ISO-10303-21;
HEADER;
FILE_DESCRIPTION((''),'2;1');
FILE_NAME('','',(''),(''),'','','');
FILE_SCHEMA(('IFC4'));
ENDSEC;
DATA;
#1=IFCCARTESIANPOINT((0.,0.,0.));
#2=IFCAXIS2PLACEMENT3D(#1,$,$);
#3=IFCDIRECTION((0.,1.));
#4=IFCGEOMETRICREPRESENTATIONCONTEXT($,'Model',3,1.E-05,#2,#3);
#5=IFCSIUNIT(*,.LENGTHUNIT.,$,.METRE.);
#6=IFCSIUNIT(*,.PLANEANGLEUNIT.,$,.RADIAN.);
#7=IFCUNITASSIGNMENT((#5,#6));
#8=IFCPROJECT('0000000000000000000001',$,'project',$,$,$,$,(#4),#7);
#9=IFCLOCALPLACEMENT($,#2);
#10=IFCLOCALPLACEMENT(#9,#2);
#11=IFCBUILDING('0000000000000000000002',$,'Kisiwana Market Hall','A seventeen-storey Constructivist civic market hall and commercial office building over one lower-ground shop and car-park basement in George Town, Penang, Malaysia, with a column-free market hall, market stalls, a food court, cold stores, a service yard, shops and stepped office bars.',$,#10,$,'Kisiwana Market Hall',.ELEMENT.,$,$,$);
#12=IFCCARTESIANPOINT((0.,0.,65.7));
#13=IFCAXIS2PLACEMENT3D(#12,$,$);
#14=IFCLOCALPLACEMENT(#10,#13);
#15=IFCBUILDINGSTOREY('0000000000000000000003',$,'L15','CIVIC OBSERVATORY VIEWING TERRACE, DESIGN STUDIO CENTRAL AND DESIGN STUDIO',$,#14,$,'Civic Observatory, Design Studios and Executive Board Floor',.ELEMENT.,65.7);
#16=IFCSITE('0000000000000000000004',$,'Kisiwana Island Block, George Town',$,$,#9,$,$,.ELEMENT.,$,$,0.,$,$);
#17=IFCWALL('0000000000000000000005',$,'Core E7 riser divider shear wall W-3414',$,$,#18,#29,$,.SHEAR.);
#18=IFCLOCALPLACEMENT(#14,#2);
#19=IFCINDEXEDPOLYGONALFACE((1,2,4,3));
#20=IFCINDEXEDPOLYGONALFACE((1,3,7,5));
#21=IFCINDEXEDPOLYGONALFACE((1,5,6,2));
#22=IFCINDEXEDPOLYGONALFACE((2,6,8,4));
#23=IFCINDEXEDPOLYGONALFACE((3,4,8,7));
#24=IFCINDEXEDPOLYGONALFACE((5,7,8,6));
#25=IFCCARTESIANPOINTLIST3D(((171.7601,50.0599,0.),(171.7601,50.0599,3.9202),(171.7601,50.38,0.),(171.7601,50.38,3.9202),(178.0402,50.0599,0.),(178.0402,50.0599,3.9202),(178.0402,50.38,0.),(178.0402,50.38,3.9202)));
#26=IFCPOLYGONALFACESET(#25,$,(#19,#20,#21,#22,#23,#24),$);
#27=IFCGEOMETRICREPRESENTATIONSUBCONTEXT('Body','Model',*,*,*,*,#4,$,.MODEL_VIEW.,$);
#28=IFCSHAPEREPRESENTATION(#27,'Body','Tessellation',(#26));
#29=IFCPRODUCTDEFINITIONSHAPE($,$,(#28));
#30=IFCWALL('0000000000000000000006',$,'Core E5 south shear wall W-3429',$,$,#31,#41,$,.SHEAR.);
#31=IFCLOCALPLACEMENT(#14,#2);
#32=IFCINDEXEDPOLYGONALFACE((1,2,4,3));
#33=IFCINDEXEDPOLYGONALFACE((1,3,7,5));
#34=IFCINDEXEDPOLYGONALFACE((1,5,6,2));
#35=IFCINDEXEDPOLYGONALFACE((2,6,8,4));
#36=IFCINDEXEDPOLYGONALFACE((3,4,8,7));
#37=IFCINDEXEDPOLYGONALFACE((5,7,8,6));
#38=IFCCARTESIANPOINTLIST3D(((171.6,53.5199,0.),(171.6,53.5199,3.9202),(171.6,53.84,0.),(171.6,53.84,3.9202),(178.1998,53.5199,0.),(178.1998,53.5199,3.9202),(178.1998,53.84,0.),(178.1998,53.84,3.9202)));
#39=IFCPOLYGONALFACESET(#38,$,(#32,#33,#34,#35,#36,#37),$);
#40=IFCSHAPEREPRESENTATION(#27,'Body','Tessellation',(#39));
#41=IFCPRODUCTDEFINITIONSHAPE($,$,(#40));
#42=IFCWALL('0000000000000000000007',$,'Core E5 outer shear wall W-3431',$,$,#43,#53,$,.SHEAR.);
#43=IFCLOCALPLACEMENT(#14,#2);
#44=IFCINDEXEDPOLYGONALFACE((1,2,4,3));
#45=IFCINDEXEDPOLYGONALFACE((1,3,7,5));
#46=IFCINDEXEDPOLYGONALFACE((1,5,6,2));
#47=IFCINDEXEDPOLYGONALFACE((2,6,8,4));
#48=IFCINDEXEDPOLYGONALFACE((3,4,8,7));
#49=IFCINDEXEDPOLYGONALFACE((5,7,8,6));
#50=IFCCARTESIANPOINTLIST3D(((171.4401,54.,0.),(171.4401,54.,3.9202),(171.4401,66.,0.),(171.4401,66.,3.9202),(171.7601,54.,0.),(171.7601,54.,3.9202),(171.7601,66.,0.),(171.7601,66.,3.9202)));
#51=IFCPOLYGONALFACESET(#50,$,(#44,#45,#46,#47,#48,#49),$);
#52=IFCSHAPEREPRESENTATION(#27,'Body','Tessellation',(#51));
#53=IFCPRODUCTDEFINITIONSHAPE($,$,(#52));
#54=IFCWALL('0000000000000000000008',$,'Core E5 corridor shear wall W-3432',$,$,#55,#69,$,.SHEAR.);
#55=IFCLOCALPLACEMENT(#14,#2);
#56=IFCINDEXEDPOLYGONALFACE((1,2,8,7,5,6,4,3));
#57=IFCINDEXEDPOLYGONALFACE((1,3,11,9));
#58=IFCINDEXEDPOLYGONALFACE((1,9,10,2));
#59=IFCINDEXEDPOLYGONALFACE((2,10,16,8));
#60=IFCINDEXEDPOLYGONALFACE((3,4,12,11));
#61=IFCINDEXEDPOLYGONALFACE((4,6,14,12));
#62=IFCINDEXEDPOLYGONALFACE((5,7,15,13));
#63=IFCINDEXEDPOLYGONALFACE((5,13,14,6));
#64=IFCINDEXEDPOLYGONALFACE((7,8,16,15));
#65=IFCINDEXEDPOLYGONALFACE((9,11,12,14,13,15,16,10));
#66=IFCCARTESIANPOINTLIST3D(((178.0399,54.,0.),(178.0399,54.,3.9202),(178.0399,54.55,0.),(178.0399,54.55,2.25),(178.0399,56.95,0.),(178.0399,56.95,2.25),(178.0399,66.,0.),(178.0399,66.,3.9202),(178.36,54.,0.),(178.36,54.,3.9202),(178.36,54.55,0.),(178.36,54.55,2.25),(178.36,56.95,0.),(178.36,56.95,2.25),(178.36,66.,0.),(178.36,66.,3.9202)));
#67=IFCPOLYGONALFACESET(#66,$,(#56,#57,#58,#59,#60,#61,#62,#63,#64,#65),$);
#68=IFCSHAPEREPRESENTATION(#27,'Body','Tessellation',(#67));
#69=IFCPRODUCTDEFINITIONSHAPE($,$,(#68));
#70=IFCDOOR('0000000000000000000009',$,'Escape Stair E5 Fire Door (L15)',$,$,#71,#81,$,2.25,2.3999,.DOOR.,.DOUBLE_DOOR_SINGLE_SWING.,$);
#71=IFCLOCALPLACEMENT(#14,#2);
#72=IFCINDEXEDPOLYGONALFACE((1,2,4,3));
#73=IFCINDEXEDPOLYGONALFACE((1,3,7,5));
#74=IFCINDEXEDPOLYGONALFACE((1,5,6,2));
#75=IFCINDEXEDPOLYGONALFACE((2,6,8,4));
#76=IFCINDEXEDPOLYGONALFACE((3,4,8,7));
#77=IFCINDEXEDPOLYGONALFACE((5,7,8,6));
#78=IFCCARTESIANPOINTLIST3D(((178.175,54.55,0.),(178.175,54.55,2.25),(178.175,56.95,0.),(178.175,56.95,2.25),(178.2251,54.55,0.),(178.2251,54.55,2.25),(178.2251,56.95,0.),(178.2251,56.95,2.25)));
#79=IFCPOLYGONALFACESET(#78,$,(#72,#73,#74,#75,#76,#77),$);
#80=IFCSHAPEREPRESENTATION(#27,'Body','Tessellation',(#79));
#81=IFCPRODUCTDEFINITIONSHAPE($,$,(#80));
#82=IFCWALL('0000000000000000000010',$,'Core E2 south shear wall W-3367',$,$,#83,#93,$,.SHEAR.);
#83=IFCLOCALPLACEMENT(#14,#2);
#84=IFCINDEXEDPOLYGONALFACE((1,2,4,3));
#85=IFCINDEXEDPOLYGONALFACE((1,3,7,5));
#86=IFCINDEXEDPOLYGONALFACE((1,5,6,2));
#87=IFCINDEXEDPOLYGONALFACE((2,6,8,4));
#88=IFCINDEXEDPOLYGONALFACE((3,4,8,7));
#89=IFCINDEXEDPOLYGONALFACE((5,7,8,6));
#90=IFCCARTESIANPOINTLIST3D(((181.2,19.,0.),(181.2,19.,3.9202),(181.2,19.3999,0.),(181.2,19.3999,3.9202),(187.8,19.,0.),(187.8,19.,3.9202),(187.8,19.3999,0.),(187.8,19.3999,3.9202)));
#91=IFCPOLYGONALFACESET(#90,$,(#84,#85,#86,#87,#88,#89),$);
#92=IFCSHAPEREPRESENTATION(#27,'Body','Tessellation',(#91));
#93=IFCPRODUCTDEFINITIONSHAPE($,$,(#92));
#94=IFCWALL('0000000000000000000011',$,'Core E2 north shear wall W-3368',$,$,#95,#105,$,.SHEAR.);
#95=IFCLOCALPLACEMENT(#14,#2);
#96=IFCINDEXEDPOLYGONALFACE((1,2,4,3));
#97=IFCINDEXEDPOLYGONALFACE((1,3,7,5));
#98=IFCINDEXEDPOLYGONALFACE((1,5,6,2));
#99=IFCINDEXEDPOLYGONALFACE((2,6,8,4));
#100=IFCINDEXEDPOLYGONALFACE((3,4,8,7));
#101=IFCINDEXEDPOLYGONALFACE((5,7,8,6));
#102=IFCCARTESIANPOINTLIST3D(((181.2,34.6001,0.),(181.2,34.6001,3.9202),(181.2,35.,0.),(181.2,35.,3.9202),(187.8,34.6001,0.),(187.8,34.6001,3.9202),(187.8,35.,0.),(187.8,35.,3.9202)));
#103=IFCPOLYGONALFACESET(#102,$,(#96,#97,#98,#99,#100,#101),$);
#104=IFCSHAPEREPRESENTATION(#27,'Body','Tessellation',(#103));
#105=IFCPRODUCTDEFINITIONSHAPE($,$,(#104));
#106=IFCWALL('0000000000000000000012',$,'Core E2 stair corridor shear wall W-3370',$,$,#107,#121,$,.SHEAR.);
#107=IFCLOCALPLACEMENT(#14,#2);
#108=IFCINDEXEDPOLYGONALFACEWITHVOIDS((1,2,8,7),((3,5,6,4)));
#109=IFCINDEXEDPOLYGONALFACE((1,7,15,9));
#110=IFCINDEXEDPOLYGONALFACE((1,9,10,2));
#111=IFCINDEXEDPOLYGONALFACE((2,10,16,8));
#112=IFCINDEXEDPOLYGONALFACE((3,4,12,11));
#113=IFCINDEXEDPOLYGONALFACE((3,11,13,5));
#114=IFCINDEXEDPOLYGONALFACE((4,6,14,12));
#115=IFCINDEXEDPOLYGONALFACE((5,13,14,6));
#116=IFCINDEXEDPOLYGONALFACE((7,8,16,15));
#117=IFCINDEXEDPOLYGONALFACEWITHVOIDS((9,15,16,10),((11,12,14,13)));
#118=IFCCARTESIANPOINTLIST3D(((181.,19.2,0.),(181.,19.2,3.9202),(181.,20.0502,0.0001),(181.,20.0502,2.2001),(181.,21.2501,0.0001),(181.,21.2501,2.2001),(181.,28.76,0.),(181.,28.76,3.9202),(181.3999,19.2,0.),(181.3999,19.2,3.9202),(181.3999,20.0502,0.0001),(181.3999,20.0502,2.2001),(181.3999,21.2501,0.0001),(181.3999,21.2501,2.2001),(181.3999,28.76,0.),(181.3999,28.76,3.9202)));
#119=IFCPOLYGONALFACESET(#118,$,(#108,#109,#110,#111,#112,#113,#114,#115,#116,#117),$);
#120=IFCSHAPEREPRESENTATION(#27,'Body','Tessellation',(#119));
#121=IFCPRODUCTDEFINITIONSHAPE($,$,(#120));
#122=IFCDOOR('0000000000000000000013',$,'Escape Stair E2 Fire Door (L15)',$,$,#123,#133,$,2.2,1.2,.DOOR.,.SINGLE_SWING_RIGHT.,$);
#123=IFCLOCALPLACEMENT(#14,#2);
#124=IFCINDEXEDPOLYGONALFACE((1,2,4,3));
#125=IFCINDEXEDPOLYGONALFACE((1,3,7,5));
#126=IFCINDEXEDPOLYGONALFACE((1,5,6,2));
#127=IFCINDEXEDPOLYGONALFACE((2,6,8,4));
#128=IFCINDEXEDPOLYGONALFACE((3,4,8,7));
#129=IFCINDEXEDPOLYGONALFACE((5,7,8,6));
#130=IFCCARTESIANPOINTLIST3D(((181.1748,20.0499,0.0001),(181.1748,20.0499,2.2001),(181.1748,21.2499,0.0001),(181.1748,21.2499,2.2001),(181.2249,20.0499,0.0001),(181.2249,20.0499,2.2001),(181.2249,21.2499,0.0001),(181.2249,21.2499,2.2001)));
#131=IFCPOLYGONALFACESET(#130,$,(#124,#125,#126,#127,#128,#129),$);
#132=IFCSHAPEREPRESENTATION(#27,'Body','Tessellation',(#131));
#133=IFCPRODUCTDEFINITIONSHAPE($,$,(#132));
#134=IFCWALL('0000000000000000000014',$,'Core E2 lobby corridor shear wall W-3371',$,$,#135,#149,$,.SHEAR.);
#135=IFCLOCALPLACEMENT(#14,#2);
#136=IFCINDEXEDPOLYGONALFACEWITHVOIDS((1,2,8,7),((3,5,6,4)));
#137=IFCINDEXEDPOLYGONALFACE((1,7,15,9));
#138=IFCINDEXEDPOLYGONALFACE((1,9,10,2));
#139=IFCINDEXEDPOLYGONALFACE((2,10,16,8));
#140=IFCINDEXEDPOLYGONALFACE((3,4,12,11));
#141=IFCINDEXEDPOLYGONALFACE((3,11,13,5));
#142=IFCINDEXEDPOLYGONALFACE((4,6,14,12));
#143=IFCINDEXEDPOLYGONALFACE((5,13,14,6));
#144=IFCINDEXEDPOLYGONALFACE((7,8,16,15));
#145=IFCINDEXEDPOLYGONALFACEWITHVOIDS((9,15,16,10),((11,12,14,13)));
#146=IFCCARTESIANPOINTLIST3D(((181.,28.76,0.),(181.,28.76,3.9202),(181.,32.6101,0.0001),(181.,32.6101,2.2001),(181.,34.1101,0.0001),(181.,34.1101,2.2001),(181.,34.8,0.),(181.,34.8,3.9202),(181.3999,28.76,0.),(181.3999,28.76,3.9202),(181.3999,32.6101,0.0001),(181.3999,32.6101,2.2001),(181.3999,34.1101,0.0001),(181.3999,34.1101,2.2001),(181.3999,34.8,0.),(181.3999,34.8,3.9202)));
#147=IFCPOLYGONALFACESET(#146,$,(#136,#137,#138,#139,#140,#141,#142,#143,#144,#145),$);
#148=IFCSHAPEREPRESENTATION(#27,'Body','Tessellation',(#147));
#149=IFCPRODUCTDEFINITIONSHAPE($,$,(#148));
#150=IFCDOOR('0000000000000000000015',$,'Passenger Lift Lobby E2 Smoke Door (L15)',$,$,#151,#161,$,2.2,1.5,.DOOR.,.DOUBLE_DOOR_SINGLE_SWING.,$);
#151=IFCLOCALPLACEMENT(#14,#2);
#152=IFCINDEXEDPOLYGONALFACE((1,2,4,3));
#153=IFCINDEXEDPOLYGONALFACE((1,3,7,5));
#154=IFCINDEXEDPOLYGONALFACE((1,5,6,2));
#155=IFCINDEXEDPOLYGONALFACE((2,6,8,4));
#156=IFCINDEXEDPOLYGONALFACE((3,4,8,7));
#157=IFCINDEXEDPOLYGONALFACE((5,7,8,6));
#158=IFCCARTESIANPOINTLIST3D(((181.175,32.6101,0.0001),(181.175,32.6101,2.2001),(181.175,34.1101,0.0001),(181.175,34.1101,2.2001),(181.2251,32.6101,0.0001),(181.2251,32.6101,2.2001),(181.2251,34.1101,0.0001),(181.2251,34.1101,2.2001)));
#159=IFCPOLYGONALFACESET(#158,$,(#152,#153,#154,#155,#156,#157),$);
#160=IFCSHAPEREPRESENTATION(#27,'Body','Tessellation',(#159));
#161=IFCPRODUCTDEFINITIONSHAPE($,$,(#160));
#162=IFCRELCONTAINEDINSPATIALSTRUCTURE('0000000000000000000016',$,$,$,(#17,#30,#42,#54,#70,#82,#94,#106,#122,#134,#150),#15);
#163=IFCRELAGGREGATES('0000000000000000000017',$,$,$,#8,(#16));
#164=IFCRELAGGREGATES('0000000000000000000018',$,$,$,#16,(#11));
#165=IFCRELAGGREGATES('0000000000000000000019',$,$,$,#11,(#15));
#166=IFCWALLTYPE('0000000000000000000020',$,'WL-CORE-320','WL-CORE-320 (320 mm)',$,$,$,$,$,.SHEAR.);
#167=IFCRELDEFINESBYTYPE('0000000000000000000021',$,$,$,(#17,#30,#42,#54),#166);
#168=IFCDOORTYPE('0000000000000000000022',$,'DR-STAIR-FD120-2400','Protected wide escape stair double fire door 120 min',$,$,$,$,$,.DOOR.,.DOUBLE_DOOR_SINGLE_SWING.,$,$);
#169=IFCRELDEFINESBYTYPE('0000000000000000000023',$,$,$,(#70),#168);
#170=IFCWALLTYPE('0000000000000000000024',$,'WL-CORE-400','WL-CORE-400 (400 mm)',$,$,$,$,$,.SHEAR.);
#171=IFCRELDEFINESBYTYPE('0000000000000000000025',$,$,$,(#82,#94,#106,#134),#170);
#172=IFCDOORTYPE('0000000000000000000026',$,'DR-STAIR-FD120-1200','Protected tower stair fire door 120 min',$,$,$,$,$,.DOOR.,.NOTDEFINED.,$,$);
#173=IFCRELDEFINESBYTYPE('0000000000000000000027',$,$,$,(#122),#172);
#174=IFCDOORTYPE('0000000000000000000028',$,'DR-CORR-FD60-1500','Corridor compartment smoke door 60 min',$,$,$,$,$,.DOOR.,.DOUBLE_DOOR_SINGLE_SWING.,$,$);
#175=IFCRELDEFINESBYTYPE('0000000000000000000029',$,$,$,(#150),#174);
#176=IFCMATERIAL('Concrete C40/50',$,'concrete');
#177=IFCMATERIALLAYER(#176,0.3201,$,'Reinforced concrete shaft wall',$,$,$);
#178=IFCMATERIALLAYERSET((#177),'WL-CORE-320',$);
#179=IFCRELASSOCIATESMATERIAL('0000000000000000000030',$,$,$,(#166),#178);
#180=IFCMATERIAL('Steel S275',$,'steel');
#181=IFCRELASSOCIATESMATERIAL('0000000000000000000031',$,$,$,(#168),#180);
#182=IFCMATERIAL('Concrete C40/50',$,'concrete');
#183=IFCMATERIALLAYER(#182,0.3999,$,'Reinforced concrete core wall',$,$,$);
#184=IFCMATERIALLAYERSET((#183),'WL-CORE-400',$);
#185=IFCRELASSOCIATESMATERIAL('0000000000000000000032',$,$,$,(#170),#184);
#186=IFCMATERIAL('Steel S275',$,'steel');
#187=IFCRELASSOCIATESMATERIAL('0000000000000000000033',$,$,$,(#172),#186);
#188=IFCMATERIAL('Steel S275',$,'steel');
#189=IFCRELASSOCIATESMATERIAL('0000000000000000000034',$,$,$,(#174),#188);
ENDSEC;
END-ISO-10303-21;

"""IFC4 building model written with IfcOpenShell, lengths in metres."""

from ifc_helpers import new_model, si_unit, direction, frame, frame_2d, origin, place, context, subcontext, project, spatial, rectangle, extrude, material, layer, layer_set, type_object, element, fill, save


model = new_model("IFC4")

# Units and contexts
model_context = context("Model", 3, precision=1e-05, world=origin(), true_north=direction((0.0, 1.0)))
body_context = subcontext(model_context, "Body", "Model", "MODEL_VIEW")
ifc_project = project(units=[si_unit("LENGTHUNIT", "METRE"), si_unit("PLANEANGLEUNIT", "RADIAN")], contexts=[model_context])

# Site, building, storey
site_placement = place(None, origin())
site = spatial("IfcSite", under=ifc_project, at=site_placement, Name="Kisiwana Island Block, George Town", CompositionType="ELEMENT", RefElevation=0.0)
building_placement = place(site_placement, origin())
building = spatial("IfcBuilding", under=site, at=building_placement, Name="Kisiwana Market Hall", Description="A seventeen-storey Constructivist civic market hall and commercial office building over one lower-ground shop and car-park basement in George Town, Penang, Malaysia, with a column-free market hall, market stalls, a food court, cold stores, a service yard, shops and stepped office bars.", LongName="Kisiwana Market Hall", CompositionType="ELEMENT")
storey_placement = place(building_placement, frame((0.0, 0.0, 65.7)))
storey = spatial("IfcBuildingStorey", under=building, at=storey_placement, Name="L15", Description="CIVIC OBSERVATORY VIEWING TERRACE, DESIGN STUDIO CENTRAL AND DESIGN STUDIO", LongName="Civic Observatory, Design Studios and Executive Board Floor", CompositionType="ELEMENT", Elevation=65.7)

# Shared definitions
ifc_material_1 = material(Name="Concrete C40/50", Category="concrete")
ifc_layer_1 = layer(ifc_material_1, 0.3201, Name="Reinforced concrete shaft wall")
ifc_layer_set_1 = layer_set([ifc_layer_1], Name="WL-CORE-320")
wall_type_1 = type_object("IfcWallType", Name="WL-CORE-320", Description="WL-CORE-320 (320 mm)", PredefinedType="SHEAR", material=ifc_layer_set_1)

# Shared definitions
ifc_material_2 = material(Name="Steel S275", Category="steel")
door_type_1 = type_object("IfcDoorType", Name="DR-STAIR-FD120-2400", Description="Protected wide escape stair double fire door 120 min", OperationType="DOUBLE_DOOR_SINGLE_SWING", PredefinedType="DOOR", material=ifc_material_2)

# Walls
wall_1_placement = place(storey_placement, frame((171.76, 50.22, 0.0), z_axis=(0.0, 0.0, 1.0), x_axis=(1.0, 0.0, 0.0)))
element("IfcWall", 1, at=wall_1_placement, inside=storey, type_object=wall_type_1, Name="Core E7 riser divider shear wall W-3414", PredefinedType="SHEAR", context=body_context, shape_type="SweptSolid", body=[
    extrude(rectangle(XDim=6.28, YDim=0.3201, at=frame_2d((3.1401, 0.0))), origin(), (0.0, 0.0, 1.0), 3.9202),
])
wall_2_placement = place(storey_placement, frame((171.6001, 53.6799, 0.0), z_axis=(0.0, 0.0, 1.0), x_axis=(1.0, 0.0, 0.0)))
element("IfcWall", 2, at=wall_2_placement, inside=storey, type_object=wall_type_1, Name="Core E5 south shear wall W-3429", PredefinedType="SHEAR", context=body_context, shape_type="SweptSolid", body=[
    extrude(rectangle(XDim=6.5999, YDim=0.3201, at=frame_2d((3.2998, 0.0))), origin(), (0.0, 0.0, 1.0), 3.9202),
])
wall_3_placement = place(storey_placement, frame((171.6001, 54.0, 0.0), z_axis=(0.0, 0.0, 1.0), x_axis=(0.0, 1.0, 0.0)))
element("IfcWall", 3, at=wall_3_placement, inside=storey, type_object=wall_type_1, Name="Core E5 outer shear wall W-3431", PredefinedType="SHEAR", context=body_context, shape_type="SweptSolid", body=[
    extrude(rectangle(XDim=12.0, YDim=0.3201, at=frame_2d((6.0, 0.0))), origin(), (0.0, 0.0, 1.0), 3.9202),
])

# Wall, opening, door
wall_4_placement = place(storey_placement, frame((178.2, 54.0, 0.0), z_axis=(0.0, 0.0, 1.0), x_axis=(0.0, 1.0, 0.0)))
wall_4 = element("IfcWall", 4, at=wall_4_placement, inside=storey, type_object=wall_type_1, Name="Core E5 corridor shear wall W-3432", PredefinedType="SHEAR", context=body_context, shape_type="SweptSolid", body=[
    extrude(rectangle(XDim=12.0, YDim=0.3201, at=frame_2d((6.0, 0.0))), origin(), (0.0, 0.0, 1.0), 3.9202),
])
opening_1_placement = place(wall_4_placement, frame((0.55, 0.0, 0.0)))
opening_1 = element("IfcOpeningElement", 5, at=opening_1_placement, cuts=wall_4, PredefinedType="OPENING", context=body_context, shape_type="SweptSolid", body=[
    extrude(rectangle(XDim=2.3999, YDim=2.25, at=frame_2d((1.2, 1.125))), frame((0.0, 0.1719, 0.0), z_axis=(0.0, -1.0, 0.0), x_axis=(1.0, 0.0, 0.0)), (0.0, 0.0, 1.0), 0.344),
])
door_1_placement = place(opening_1_placement, origin())
door_1 = element("IfcDoor", 6, at=door_1_placement, inside=storey, type_object=door_type_1, Name="Escape Stair E5 Fire Door (L15)", OperationType="DOUBLE_DOOR_SINGLE_SWING", OverallHeight=2.25, OverallWidth=2.3999, PredefinedType="DOOR", context=body_context, shape_type="SweptSolid", body=[
    extrude(rectangle(XDim=2.3999, YDim=2.25, at=frame_2d((1.2, 1.125))), frame((0.0, 0.0249, 0.0), z_axis=(0.0, -1.0, 0.0), x_axis=(1.0, 0.0, 0.0)), (0.0, 0.0, 1.0), 0.05),
])
fill(opening_1, door_1)

# Walls
ifc_material_3 = material(Name="Concrete C40/50", Category="concrete")
ifc_layer_2 = layer(ifc_material_3, 0.3999, Name="Reinforced concrete core wall")
ifc_layer_set_2 = layer_set([ifc_layer_2], Name="WL-CORE-400")
wall_type_2 = type_object("IfcWallType", Name="WL-CORE-400", Description="WL-CORE-400 (400 mm)", PredefinedType="SHEAR", material=ifc_layer_set_2)
for number, where, z_axis, x_axis, name in (
    (7, (181.2, 19.2, 0.0), (0.0, 0.0, 1.0), (1.0, 0.0, 0.0), "Core E2 south shear wall W-3367"),
    (8, (181.2, 34.8, 0.0), (0.0, 0.0, 1.0), (1.0, 0.0, 0.0), "Core E2 north shear wall W-3368"),
):
    element("IfcWall", number, at=place(storey_placement, frame(where, z_axis=z_axis, x_axis=x_axis)), inside=storey, type_object=wall_type_2, Name=name, PredefinedType="SHEAR", context=body_context, shape_type="SweptSolid", body=[
        extrude(rectangle(XDim=6.6001, YDim=0.3999, at=frame_2d((3.3, 0.0))), origin(), (0.0, 0.0, 1.0), 3.9202),
    ])

# Walls, openings, doors
wall_5_placement = place(storey_placement, frame((181.2, 19.2, 0.0), z_axis=(0.0, 0.0, 1.0), x_axis=(0.0, 1.0, 0.0)))
wall_5 = element("IfcWall", 9, at=wall_5_placement, inside=storey, type_object=wall_type_2, Name="Core E2 stair corridor shear wall W-3370", PredefinedType="SHEAR", context=body_context, shape_type="SweptSolid", body=[
    extrude(rectangle(XDim=9.5601, YDim=0.3999, at=frame_2d((4.78, 0.0))), origin(), (0.0, 0.0, 1.0), 3.9202),
])
opening_2_placement = place(wall_5_placement, frame((0.8501, 0.0, 0.0)))
opening_2 = element("IfcOpeningElement", 10, at=opening_2_placement, cuts=wall_5, PredefinedType="OPENING", context=body_context, shape_type="SweptSolid", body=[
    extrude(rectangle(XDim=1.2, YDim=2.2, at=frame_2d((0.6001, 1.1001))), frame((0.0, 0.2119, 0.0), z_axis=(0.0, -1.0, 0.0), x_axis=(1.0, 0.0, 0.0)), (0.0, 0.0, 1.0), 0.4238),
])
ifc_material_4 = material(Name="Steel S275", Category="steel")
door_type_2 = type_object("IfcDoorType", Name="DR-STAIR-FD120-1200", Description="Protected tower stair fire door 120 min", OperationType="NOTDEFINED", PredefinedType="DOOR", material=ifc_material_4)
door_2_placement = place(opening_2_placement, frame((1.2, 0.0, 0.0), z_axis=(0.0, 0.0, 1.0), x_axis=(-1.0, 0.0, 0.0)))
door_2 = element("IfcDoor", 11, at=door_2_placement, inside=storey, type_object=door_type_2, Name="Escape Stair E2 Fire Door (L15)", OperationType="SINGLE_SWING_RIGHT", OverallHeight=2.2, OverallWidth=1.2, PredefinedType="DOOR", context=body_context, shape_type="SweptSolid", body=[
    extrude(rectangle(XDim=1.2, YDim=2.2, at=frame_2d((0.6001, 1.1001))), frame((0.0, 0.0249, 0.0), z_axis=(0.0, -1.0, 0.0), x_axis=(1.0, 0.0, 0.0)), (0.0, 0.0, 1.0), 0.05),
])
fill(opening_2, door_2)
wall_6_placement = place(storey_placement, frame((181.2, 28.76, 0.0), z_axis=(0.0, 0.0, 1.0), x_axis=(0.0, 1.0, 0.0)))
wall_6 = element("IfcWall", 12, at=wall_6_placement, inside=storey, type_object=wall_type_2, Name="Core E2 lobby corridor shear wall W-3371", PredefinedType="SHEAR", context=body_context, shape_type="SweptSolid", body=[
    extrude(rectangle(XDim=6.04, YDim=0.3999, at=frame_2d((3.02, 0.0))), origin(), (0.0, 0.0, 1.0), 3.9202),
])
opening_3_placement = place(wall_6_placement, frame((3.8501, 0.0, 0.0)))
opening_3 = element("IfcOpeningElement", 13, at=opening_3_placement, cuts=wall_6, PredefinedType="OPENING", context=body_context, shape_type="SweptSolid", body=[
    extrude(rectangle(XDim=1.5, YDim=2.2, at=frame_2d((0.75, 1.1001))), frame((0.0, 0.2119, 0.0), z_axis=(0.0, -1.0, 0.0), x_axis=(1.0, 0.0, 0.0)), (0.0, 0.0, 1.0), 0.4238),
])
ifc_material_5 = material(Name="Steel S275", Category="steel")
door_type_3 = type_object("IfcDoorType", Name="DR-CORR-FD60-1500", Description="Corridor compartment smoke door 60 min", OperationType="DOUBLE_DOOR_SINGLE_SWING", PredefinedType="DOOR", material=ifc_material_5)
door_3_placement = place(opening_3_placement, origin())
door_3 = element("IfcDoor", 14, at=door_3_placement, inside=storey, type_object=door_type_3, Name="Passenger Lift Lobby E2 Smoke Door (L15)", OperationType="DOUBLE_DOOR_SINGLE_SWING", OverallHeight=2.2, OverallWidth=1.5, PredefinedType="DOOR", context=body_context, shape_type="SweptSolid", body=[
    extrude(rectangle(XDim=1.5, YDim=2.2, at=frame_2d((0.75, 1.1001))), frame((0.0, 0.0249, 0.0), z_axis=(0.0, -1.0, 0.0), x_axis=(1.0, 0.0, 0.0)), (0.0, 0.0, 1.0), 0.05),
])
fill(opening_3, door_3)

save(model, "model.ifc")
